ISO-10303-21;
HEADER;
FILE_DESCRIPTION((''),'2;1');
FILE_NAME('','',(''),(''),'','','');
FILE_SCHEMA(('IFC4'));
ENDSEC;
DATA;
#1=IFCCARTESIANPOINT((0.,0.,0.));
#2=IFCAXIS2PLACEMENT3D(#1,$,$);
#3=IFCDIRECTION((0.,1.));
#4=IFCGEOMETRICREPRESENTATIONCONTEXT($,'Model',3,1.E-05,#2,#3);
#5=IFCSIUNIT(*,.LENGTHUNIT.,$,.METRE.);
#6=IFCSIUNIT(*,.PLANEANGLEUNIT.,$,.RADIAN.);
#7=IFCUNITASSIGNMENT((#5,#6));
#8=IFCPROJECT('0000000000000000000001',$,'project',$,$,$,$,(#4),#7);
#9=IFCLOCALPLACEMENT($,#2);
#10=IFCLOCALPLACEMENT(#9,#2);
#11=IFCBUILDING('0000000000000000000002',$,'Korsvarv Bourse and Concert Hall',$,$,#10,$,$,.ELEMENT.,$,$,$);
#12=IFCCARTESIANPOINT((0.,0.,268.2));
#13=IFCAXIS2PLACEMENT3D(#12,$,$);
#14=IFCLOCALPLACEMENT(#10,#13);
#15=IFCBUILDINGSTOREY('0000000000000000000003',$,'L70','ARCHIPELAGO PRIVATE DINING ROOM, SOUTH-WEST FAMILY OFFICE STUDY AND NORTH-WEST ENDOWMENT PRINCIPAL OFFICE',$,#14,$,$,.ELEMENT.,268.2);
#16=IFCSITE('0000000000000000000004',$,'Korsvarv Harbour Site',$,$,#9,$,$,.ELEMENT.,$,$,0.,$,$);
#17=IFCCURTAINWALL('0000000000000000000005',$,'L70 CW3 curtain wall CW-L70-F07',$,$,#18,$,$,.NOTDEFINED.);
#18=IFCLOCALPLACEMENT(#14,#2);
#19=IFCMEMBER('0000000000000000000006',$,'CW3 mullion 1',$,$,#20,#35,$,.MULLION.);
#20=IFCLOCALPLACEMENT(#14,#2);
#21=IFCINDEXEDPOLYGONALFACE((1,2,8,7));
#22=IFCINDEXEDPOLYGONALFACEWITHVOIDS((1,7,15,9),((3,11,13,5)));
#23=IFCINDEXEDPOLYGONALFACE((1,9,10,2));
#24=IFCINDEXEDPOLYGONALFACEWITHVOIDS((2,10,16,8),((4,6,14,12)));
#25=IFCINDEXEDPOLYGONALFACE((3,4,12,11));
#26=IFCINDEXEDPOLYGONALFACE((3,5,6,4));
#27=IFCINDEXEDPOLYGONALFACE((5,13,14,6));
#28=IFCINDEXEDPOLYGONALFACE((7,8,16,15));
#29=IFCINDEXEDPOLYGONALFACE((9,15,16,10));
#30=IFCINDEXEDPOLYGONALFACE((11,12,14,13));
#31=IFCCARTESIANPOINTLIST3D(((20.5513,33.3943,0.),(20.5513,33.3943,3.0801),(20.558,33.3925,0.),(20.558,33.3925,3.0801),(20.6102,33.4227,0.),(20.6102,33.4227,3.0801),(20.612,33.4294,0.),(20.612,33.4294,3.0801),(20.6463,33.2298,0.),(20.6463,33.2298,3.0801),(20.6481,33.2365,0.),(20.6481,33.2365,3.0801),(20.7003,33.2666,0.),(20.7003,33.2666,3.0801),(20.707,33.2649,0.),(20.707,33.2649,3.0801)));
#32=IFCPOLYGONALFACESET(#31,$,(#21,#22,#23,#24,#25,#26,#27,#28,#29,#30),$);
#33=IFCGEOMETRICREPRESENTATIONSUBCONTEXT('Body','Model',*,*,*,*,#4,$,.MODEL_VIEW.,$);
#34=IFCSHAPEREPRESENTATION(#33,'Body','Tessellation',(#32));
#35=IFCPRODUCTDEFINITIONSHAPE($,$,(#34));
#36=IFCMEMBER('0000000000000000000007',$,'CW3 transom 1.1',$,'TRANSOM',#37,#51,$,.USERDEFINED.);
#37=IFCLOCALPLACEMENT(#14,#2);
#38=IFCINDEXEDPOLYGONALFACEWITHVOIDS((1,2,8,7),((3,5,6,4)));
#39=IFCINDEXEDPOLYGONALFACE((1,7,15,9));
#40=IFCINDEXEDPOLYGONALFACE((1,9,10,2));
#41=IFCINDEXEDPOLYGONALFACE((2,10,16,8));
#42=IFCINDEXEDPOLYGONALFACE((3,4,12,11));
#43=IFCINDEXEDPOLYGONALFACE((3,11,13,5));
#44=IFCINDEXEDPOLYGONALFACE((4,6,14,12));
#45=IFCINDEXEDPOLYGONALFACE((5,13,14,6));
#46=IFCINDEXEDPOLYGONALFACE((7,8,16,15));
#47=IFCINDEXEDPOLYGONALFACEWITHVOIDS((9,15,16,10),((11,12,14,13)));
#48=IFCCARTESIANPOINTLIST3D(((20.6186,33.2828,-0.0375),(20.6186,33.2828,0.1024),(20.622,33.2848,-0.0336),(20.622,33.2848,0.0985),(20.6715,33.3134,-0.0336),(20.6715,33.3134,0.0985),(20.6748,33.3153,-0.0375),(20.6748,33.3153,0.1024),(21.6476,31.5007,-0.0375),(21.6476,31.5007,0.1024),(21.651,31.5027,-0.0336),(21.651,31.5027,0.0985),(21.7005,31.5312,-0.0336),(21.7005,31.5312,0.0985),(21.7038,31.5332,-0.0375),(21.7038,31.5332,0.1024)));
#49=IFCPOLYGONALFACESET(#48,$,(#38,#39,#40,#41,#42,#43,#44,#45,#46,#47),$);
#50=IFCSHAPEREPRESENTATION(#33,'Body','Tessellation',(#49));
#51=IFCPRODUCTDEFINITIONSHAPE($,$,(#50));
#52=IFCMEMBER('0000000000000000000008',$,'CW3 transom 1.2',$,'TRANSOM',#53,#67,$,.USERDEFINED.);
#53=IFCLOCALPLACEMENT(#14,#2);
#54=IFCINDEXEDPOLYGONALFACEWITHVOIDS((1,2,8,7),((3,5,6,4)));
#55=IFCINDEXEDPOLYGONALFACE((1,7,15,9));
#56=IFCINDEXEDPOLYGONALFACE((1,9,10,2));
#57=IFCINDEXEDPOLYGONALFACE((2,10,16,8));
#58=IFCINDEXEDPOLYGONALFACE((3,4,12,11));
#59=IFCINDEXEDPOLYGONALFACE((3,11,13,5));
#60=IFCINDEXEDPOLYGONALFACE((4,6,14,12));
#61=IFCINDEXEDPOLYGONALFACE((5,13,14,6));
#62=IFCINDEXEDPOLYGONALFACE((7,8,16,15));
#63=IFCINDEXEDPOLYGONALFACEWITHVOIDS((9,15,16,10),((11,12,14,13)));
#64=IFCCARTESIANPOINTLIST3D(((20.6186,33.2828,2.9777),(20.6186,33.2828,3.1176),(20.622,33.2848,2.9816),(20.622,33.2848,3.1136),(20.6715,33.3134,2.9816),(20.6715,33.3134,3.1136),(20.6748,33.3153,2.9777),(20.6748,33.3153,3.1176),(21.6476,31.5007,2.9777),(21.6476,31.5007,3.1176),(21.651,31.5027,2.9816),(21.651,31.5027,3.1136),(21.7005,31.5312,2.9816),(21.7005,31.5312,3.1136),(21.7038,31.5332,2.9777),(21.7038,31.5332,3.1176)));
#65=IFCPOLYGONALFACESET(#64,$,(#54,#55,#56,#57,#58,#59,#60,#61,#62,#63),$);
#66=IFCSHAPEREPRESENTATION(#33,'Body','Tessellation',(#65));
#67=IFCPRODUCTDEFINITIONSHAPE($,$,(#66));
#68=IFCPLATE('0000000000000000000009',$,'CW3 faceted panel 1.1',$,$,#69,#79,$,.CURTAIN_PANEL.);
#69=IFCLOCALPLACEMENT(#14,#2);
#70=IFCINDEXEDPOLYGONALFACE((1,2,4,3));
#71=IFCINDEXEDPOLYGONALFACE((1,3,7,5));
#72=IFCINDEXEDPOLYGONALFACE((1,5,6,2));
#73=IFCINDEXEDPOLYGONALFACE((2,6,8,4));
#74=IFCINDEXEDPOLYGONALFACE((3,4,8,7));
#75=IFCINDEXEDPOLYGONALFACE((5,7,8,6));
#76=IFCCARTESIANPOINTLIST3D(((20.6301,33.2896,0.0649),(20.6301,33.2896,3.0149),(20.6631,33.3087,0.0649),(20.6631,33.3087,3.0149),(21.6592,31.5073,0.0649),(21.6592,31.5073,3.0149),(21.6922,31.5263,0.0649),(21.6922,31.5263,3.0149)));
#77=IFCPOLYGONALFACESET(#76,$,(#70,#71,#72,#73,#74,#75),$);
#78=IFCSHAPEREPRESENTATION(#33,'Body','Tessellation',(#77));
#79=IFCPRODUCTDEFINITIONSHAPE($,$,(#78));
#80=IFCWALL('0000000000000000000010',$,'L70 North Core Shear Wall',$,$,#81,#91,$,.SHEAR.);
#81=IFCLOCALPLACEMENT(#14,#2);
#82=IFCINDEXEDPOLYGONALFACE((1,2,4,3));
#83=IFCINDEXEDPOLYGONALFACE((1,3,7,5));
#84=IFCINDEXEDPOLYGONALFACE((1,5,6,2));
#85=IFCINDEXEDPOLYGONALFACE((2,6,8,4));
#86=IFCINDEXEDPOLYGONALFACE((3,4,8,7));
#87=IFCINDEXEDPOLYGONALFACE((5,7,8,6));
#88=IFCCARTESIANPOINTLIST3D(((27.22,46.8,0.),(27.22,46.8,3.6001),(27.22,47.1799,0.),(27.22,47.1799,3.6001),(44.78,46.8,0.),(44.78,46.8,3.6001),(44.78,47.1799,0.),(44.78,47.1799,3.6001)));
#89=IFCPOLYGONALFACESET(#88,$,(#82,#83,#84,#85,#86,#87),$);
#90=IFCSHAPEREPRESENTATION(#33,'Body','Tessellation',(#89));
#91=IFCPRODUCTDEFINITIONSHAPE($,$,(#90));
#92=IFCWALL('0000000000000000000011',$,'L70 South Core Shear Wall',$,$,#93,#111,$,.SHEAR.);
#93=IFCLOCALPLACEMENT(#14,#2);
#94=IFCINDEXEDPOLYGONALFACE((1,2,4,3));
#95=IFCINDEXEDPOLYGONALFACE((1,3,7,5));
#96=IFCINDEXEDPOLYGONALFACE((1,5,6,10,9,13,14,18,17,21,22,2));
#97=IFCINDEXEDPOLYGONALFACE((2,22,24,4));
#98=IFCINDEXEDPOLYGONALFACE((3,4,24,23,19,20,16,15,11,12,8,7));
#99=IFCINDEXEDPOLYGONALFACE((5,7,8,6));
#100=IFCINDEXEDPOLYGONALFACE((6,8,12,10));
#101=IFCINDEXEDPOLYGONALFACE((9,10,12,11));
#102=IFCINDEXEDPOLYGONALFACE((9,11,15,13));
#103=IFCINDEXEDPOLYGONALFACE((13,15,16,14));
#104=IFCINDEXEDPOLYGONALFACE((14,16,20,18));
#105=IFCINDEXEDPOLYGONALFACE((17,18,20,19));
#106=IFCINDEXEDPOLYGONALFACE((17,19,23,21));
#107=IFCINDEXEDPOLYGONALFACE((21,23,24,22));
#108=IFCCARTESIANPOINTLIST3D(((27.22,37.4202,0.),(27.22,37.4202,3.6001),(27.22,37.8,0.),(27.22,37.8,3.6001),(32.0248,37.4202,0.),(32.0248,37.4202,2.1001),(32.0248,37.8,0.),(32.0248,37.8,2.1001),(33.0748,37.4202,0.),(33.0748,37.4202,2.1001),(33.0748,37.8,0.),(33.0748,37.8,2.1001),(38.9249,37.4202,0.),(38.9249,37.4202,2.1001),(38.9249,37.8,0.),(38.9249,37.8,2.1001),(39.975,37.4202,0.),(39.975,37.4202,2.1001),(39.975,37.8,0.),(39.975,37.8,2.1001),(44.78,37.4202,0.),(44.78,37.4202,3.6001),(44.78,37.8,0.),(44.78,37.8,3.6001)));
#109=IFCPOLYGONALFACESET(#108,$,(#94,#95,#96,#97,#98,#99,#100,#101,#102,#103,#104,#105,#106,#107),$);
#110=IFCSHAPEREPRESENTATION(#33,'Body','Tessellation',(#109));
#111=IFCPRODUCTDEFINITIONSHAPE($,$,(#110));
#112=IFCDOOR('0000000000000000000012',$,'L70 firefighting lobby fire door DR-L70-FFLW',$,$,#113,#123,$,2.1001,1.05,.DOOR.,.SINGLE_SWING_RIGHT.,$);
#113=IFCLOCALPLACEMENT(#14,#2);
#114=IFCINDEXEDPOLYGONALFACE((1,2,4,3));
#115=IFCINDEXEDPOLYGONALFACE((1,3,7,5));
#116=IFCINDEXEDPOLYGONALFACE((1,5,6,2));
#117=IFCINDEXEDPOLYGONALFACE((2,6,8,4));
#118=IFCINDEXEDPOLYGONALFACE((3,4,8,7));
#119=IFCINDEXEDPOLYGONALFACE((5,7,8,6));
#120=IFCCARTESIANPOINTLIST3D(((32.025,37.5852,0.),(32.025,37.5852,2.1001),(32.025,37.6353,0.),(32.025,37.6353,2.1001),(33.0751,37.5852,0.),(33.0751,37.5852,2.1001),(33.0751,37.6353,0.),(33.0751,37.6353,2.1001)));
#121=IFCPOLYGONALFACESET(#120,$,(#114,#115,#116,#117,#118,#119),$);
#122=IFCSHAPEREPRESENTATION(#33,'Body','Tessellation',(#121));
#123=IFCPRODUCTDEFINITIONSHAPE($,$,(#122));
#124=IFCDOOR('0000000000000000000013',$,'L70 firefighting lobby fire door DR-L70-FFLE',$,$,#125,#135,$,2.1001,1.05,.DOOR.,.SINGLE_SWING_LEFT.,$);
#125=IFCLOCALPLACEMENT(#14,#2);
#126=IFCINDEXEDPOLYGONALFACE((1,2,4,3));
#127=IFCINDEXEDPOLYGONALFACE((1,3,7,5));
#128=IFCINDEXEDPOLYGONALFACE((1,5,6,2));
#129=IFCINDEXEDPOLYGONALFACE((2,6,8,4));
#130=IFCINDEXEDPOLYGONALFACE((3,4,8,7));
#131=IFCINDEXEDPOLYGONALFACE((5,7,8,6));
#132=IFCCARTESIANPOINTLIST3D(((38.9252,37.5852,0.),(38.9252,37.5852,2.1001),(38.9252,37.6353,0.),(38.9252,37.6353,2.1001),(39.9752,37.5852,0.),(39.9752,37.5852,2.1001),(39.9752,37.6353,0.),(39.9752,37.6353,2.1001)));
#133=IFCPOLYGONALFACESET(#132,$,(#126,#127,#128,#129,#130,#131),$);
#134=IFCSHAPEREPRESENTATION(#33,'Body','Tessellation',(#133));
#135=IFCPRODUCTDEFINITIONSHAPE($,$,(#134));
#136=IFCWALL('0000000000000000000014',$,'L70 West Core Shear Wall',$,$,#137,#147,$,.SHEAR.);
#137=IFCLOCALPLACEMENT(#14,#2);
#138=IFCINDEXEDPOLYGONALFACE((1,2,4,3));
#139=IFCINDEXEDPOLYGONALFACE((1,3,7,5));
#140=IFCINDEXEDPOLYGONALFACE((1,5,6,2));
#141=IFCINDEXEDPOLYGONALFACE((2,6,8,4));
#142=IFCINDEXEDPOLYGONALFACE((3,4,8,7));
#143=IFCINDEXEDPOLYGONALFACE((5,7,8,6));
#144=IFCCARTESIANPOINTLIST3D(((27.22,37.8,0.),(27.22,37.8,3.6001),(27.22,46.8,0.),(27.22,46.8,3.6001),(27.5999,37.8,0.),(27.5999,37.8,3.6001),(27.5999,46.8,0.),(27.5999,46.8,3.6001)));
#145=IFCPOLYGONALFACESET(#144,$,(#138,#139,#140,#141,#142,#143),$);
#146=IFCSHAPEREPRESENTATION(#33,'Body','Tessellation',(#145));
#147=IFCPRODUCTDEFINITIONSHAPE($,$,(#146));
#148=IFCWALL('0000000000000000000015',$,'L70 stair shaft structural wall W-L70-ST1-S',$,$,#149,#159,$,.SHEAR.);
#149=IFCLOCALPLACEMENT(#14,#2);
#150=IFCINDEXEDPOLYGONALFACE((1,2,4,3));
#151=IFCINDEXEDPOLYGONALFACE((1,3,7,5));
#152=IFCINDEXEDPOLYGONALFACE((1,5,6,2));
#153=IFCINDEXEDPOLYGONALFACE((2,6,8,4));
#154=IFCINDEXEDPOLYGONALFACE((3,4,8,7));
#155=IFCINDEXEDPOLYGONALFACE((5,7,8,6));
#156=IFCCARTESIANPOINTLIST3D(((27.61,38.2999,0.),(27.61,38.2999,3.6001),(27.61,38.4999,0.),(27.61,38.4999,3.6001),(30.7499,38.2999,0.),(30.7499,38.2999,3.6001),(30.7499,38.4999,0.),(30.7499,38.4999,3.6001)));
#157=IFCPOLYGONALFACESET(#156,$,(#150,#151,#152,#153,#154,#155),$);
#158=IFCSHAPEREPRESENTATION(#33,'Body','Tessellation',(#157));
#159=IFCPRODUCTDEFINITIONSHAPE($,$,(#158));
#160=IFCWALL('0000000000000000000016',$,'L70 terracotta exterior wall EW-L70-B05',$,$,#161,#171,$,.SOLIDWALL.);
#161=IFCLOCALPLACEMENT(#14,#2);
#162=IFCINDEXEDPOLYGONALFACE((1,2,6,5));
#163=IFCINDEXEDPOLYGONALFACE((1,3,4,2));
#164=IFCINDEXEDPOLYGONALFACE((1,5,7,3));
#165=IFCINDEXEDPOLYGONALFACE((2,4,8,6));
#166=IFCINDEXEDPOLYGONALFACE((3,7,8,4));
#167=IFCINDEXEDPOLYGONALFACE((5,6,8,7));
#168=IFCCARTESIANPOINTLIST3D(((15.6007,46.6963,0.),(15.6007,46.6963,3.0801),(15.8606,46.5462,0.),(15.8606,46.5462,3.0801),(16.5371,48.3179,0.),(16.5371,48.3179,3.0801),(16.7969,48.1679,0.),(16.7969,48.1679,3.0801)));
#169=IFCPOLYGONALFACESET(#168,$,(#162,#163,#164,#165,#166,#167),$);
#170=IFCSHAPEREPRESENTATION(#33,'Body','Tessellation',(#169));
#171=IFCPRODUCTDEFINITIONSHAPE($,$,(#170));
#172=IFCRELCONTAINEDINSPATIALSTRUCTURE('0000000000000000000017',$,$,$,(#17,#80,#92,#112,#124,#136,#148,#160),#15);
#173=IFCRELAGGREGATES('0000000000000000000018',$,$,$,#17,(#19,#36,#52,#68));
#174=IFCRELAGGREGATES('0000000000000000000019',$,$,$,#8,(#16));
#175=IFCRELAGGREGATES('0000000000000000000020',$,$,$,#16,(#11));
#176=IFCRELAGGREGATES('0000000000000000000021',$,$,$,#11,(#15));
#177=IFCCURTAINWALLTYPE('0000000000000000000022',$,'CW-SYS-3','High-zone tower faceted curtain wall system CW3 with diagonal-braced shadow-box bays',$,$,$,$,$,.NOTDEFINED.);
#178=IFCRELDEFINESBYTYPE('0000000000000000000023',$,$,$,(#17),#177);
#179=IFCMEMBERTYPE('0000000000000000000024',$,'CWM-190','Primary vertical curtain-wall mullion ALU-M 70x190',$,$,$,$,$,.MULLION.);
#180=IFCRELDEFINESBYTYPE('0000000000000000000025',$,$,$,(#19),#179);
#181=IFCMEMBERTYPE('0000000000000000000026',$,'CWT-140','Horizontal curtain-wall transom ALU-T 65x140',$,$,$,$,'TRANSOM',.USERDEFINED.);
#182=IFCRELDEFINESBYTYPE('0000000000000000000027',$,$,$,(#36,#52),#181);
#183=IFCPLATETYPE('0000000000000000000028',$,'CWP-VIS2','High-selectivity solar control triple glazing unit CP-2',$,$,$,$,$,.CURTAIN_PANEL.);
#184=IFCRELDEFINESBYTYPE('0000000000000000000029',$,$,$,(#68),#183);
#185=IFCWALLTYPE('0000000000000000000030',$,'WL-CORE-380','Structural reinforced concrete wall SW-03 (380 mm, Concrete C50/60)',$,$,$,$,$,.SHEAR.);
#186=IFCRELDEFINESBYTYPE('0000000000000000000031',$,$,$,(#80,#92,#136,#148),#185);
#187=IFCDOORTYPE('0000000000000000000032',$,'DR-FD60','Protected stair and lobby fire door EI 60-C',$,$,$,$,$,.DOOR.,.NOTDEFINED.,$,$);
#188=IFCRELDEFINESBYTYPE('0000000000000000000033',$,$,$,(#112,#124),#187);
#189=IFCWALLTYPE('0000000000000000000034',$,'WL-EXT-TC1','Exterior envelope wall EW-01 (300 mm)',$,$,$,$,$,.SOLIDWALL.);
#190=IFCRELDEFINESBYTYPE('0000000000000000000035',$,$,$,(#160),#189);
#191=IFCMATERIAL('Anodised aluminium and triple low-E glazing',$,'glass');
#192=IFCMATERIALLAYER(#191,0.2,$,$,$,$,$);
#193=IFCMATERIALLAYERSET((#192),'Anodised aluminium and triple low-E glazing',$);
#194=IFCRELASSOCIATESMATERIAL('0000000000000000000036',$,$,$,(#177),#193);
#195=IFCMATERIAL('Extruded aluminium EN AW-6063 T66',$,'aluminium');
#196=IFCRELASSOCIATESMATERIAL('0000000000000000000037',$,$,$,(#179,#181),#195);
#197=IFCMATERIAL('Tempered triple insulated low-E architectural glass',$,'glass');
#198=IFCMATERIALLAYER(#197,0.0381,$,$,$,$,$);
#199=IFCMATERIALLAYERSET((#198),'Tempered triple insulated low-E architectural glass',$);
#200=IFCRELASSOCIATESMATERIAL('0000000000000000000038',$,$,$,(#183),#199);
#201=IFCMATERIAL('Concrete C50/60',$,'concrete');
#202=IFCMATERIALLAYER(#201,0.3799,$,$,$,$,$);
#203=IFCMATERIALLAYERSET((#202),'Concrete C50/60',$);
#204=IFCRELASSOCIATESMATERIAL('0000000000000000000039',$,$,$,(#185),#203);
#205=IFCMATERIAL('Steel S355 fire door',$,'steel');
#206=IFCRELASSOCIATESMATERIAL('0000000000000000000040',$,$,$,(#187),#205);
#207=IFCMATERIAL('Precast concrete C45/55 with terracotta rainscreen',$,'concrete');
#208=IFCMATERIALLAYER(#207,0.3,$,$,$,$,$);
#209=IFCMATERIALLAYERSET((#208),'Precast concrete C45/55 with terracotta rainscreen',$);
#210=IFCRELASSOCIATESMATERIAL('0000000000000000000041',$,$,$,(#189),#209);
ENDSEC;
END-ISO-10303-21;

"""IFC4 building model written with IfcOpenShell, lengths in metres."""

from ifc_helpers import new_model, si_unit, direction, frame, frame_2d, origin, origin_2d, place, context, subcontext, project, spatial, rectangle, hollow_rectangle, extrude, source, transform, mapped, material, layer, layer_set, material_profile, profile_set, type_object, element, fill, aggregate, save


model = new_model("IFC4")

# Units and contexts
model_context = context("Model", 3, precision=1e-05, world=origin(), true_north=direction((0.0, 1.0)))
body_context = subcontext(model_context, "Body", "Model", "MODEL_VIEW")
ifc_project = project(units=[si_unit("LENGTHUNIT", "METRE"), si_unit("PLANEANGLEUNIT", "RADIAN")], contexts=[model_context])

# Site, building, storey
site_placement = place(None, origin())
site = spatial("IfcSite", under=ifc_project, at=site_placement, Name="Korsvarv Harbour Site", CompositionType="ELEMENT", RefElevation=0.0)
building_placement = place(site_placement, origin())
building = spatial("IfcBuilding", under=site, at=building_placement, Name="Korsvarv Bourse and Concert Hall", CompositionType="ELEMENT")
storey_placement = place(building_placement, frame((0.0, 0.0, 268.2)))
storey = spatial("IfcBuildingStorey", under=building, at=storey_placement, Name="L70", Description="ARCHIPELAGO PRIVATE DINING ROOM, SOUTH-WEST FAMILY OFFICE STUDY AND NORTH-WEST ENDOWMENT PRINCIPAL OFFICE", CompositionType="ELEMENT", Elevation=268.2)

# Shared definitions
ifc_material_1 = material(Name="Concrete C50/60", Category="concrete")

# Curtain wall, members, plate
ifc_material_2 = material(Name="Anodised aluminium and triple low-E glazing", Category="glass")
ifc_layer_1 = layer(ifc_material_2, 0.2)
ifc_layer_set_1 = layer_set([ifc_layer_1], Name="Anodised aluminium and triple low-E glazing")
curtain_wall_type = type_object("IfcCurtainWallType", Name="CW-SYS-3", Description="High-zone tower faceted curtain wall system CW3 with diagonal-braced shadow-box bays", PredefinedType="NOTDEFINED", material=ifc_layer_set_1)
curtain_wall_placement = place(storey_placement, origin())
curtain_wall = element("IfcCurtainWall", 1, at=curtain_wall_placement, inside=storey, type_object=curtain_wall_type, Name="L70 CW3 curtain wall CW-L70-F07", PredefinedType="NOTDEFINED")
ifc_material_3 = material(Name="Extruded aluminium EN AW-6063 T66", Category="aluminium")
ifc_material_profile_1 = material_profile(ifc_material_3, hollow_rectangle(XDim=0.0701, YDim=0.1899, WallThickness=0.0049, at=origin_2d()), Name="ALU-M 70x190")
ifc_profile_set_1 = profile_set([ifc_material_profile_1], Name="Extruded aluminium EN AW-6063 T66")
member_type_1 = type_object("IfcMemberType", Name="CWM-190", Description="Primary vertical curtain-wall mullion ALU-M 70x190", PredefinedType="MULLION", material=ifc_profile_set_1)
shared_shape_1 = source(origin(), body_context, "Body", "SweptSolid", [
    extrude(hollow_rectangle(XDim=0.0701, YDim=0.1899, WallThickness=0.0049, at=origin_2d()), origin(), (0.0, 0.0, 1.0), 3.0801),
])
member_1_placement = place(storey_placement, frame((20.6292, 33.3296, 0.0), z_axis=(0.0, 0.0, 1.0), x_axis=(0.866023, 0.500004, 0.0)))
member_1 = element("IfcMember", 2, at=member_1_placement, type_object=member_type_1, Name="CW3 mullion 1", PredefinedType="MULLION", context=body_context, shape_type="MappedRepresentation", body=[
    mapped(shared_shape_1, transform((0.0, 0.0, 0.0), scale=1.0)),
])
ifc_material_profile_2 = material_profile(ifc_material_3, hollow_rectangle(XDim=0.0649, YDim=0.1399, WallThickness=0.0039, at=origin_2d()), Name="ALU-T 65x140")
ifc_profile_set_2 = profile_set([ifc_material_profile_2], Name="Extruded aluminium EN AW-6063 T66")
member_type_2 = type_object("IfcMemberType", Name="CWT-140", Description="Horizontal curtain-wall transom ALU-T 65x140", ElementType="TRANSOM", PredefinedType="USERDEFINED", material=ifc_profile_set_2)
shared_shape_2 = source(origin(), body_context, "Body", "SweptSolid", [
    extrude(hollow_rectangle(XDim=0.0649, YDim=0.1399, WallThickness=0.0039, at=origin_2d()), origin(), (0.0, 0.0, 1.0), 2.0579),
])
member_2_placement = place(storey_placement, frame((20.6467, 33.2991, 0.0325), z_axis=(0.500031, -0.866008, 0.0), x_axis=(0.866008, 0.500031, 0.0)))
member_2 = element("IfcMember", 3, at=member_2_placement, type_object=member_type_2, Name="CW3 transom 1.1", ObjectType="TRANSOM", PredefinedType="USERDEFINED", context=body_context, shape_type="MappedRepresentation", body=[
    mapped(shared_shape_2, transform((0.0, 0.0, 0.0), scale=1.0)),
])
member_3_placement = place(storey_placement, frame((20.6467, 33.2991, 3.0476), z_axis=(0.500031, -0.866008, 0.0), x_axis=(0.866008, 0.500031, 0.0)))
member_3 = element("IfcMember", 4, at=member_3_placement, type_object=member_type_2, Name="CW3 transom 1.2", ObjectType="TRANSOM", PredefinedType="USERDEFINED", context=body_context, shape_type="MappedRepresentation", body=[
    mapped(shared_shape_2, transform((0.0, 0.0, 0.0), scale=1.0)),
])
ifc_material_4 = material(Name="Tempered triple insulated low-E architectural glass", Category="glass")
ifc_layer_2 = layer(ifc_material_4, 0.0381)
ifc_layer_set_2 = layer_set([ifc_layer_2], Name="Tempered triple insulated low-E architectural glass")
plate_type = type_object("IfcPlateType", Name="CWP-VIS2", Description="High-selectivity solar control triple glazing unit CP-2", PredefinedType="CURTAIN_PANEL", material=ifc_layer_set_2)
shared_shape_3 = source(origin(), body_context, "Body", "SweptSolid", [
    extrude(rectangle(XDim=2.0581, YDim=0.0381, at=origin_2d()), origin(), (0.0, 0.0, 1.0), 2.95),
])
plate_placement = place(storey_placement, frame((21.1611, 32.408, 0.0649), z_axis=(0.0, 0.0, 1.0), x_axis=(0.500004, -0.866023, 0.0)))
plate = element("IfcPlate", 5, at=plate_placement, type_object=plate_type, Name="CW3 faceted panel 1.1", PredefinedType="CURTAIN_PANEL", context=body_context, shape_type="MappedRepresentation", body=[
    mapped(shared_shape_3, transform((0.0, 0.0, 0.0), scale=1.0)),
])
aggregate(curtain_wall, [member_1, member_2, member_3, plate])

# Wall
ifc_layer_3 = layer(ifc_material_1, 0.3799)
ifc_layer_set_3 = layer_set([ifc_layer_3], Name="Concrete C50/60")
wall_type_1 = type_object("IfcWallType", Name="WL-CORE-380", Description="Structural reinforced concrete wall SW-03 (380 mm, Concrete C50/60)", PredefinedType="SHEAR", material=ifc_layer_set_3)
wall_1_placement = place(storey_placement, frame((27.22, 46.99, 0.0), z_axis=(0.0, 0.0, 1.0), x_axis=(1.0, 0.0, 0.0)))
element("IfcWall", 6, at=wall_1_placement, inside=storey, type_object=wall_type_1, Name="L70 North Core Shear Wall", PredefinedType="SHEAR", context=body_context, shape_type="SweptSolid", body=[
    extrude(rectangle(XDim=17.5601, YDim=0.3799, at=frame_2d((8.78, 0.0))), origin(), (0.0, 0.0, 1.0), 3.6001),
])

# Wall, openings, doors
wall_2_placement = place(storey_placement, frame((27.22, 37.6101, 0.0), z_axis=(0.0, 0.0, 1.0), x_axis=(1.0, 0.0, 0.0)))
wall_2 = element("IfcWall", 7, at=wall_2_placement, inside=storey, type_object=wall_type_1, Name="L70 South Core Shear Wall", PredefinedType="SHEAR", context=body_context, shape_type="SweptSolid", body=[
    extrude(rectangle(XDim=17.5601, YDim=0.3799, at=frame_2d((8.78, 0.0))), origin(), (0.0, 0.0, 1.0), 3.6001),
])
opening_1_placement = place(wall_2_placement, frame((4.8049, 0.0, 0.0)))
opening_1 = element("IfcOpeningElement", 8, at=opening_1_placement, cuts=wall_2, PredefinedType="OPENING", context=body_context, shape_type="SweptSolid", body=[
    extrude(rectangle(XDim=1.05, YDim=2.1001, at=frame_2d((0.5249, 1.05))), frame((0.0, 0.2, 0.0), z_axis=(0.0, -1.0, 0.0), x_axis=(1.0, 0.0, 0.0)), (0.0, 0.0, 1.0), 0.3999),
])
opening_2_placement = place(wall_2_placement, frame((11.7051, 0.0, 0.0)))
opening_2 = element("IfcOpeningElement", 9, at=opening_2_placement, cuts=wall_2, PredefinedType="OPENING", context=body_context, shape_type="SweptSolid", body=[
    extrude(rectangle(XDim=1.05, YDim=2.1001, at=frame_2d((0.5249, 1.05))), frame((0.0, 0.2, 0.0), z_axis=(0.0, -1.0, 0.0), x_axis=(1.0, 0.0, 0.0)), (0.0, 0.0, 1.0), 0.3999),
])
ifc_material_5 = material(Name="Steel S355 fire door", Category="steel")
door_type_1 = type_object("IfcDoorType", Name="DR-FD60", Description="Protected stair and lobby fire door EI 60-C", OperationType="NOTDEFINED", PredefinedType="DOOR", material=ifc_material_5)
door_1_placement = place(opening_1_placement, frame((1.05, 0.0, 0.0), z_axis=(0.0, 0.0, 1.0), x_axis=(-1.0, 0.0, 0.0)))
door_1 = element("IfcDoor", 10, at=door_1_placement, inside=storey, type_object=door_type_1, Name="L70 firefighting lobby fire door DR-L70-FFLW", OperationType="SINGLE_SWING_RIGHT", OverallHeight=2.1001, OverallWidth=1.05, PredefinedType="DOOR", context=body_context, shape_type="SweptSolid", body=[
    extrude(rectangle(XDim=1.05, YDim=2.1001, at=frame_2d((0.5249, 1.05))), frame((0.0, 0.0249, 0.0), z_axis=(0.0, -1.0, 0.0), x_axis=(1.0, 0.0, 0.0)), (0.0, 0.0, 1.0), 0.05),
])
fill(opening_1, door_1)
door_2_placement = place(opening_2_placement, frame((1.05, 0.0, 0.0), z_axis=(0.0, 0.0, 1.0), x_axis=(-1.0, 0.0, 0.0)))
door_2 = element("IfcDoor", 11, at=door_2_placement, inside=storey, type_object=door_type_1, Name="L70 firefighting lobby fire door DR-L70-FFLE", OperationType="SINGLE_SWING_LEFT", OverallHeight=2.1001, OverallWidth=1.05, PredefinedType="DOOR", context=body_context, shape_type="SweptSolid", body=[
    extrude(rectangle(XDim=1.05, YDim=2.1001, at=frame_2d((0.5249, 1.05))), frame((0.0, 0.0249, 0.0), z_axis=(0.0, -1.0, 0.0), x_axis=(1.0, 0.0, 0.0)), (0.0, 0.0, 1.0), 0.05),
])
fill(opening_2, door_2)

# Walls
wall_3_placement = place(storey_placement, frame((27.4099, 37.8, 0.0), z_axis=(0.0, 0.0, 1.0), x_axis=(0.0, 1.0, 0.0)))
element("IfcWall", 12, at=wall_3_placement, inside=storey, type_object=wall_type_1, Name="L70 West Core Shear Wall", PredefinedType="SHEAR", context=body_context, shape_type="SweptSolid", body=[
    extrude(rectangle(XDim=9.0, YDim=0.3799, at=frame_2d((4.5, 0.0))), origin(), (0.0, 0.0, 1.0), 3.6001),
])
wall_4_placement = place(storey_placement, frame((27.6101, 38.3999, 0.0), z_axis=(0.0, 0.0, 1.0), x_axis=(1.0, 0.0, 0.0)))
element("IfcWall", 13, at=wall_4_placement, inside=storey, type_object=wall_type_1, Name="L70 stair shaft structural wall W-L70-ST1-S", PredefinedType="SHEAR", context=body_context, shape_type="SweptSolid", body=[
    extrude(rectangle(XDim=3.1399, YDim=0.2, at=frame_2d((1.5698, 0.0))), origin(), (0.0, 0.0, 1.0), 3.6001),
])
ifc_material_6 = material(Name="Precast concrete C45/55 with terracotta rainscreen", Category="concrete")
ifc_layer_4 = layer(ifc_material_6, 0.3)
ifc_layer_set_4 = layer_set([ifc_layer_4], Name="Precast concrete C45/55 with terracotta rainscreen")
wall_type_2 = type_object("IfcWallType", Name="WL-EXT-TC1", Description="Exterior envelope wall EW-01 (300 mm)", PredefinedType="SOLIDWALL", material=ifc_layer_set_4)
wall_5_placement = place(storey_placement, frame((16.667, 48.2429, 0.0), z_axis=(0.0, 0.0, 1.0), x_axis=(-0.500023, -0.866012, 0.0)))
element("IfcWall", 14, at=wall_5_placement, inside=storey, type_object=wall_type_2, Name="L70 terracotta exterior wall EW-L70-B05", PredefinedType="SOLIDWALL", context=body_context, shape_type="SweptSolid", body=[
    extrude(rectangle(XDim=1.8726, YDim=0.3, at=frame_2d((0.9363, 0.0))), origin(), (0.0, 0.0, 1.0), 3.0801),
])

save(model, "model.ifc")
